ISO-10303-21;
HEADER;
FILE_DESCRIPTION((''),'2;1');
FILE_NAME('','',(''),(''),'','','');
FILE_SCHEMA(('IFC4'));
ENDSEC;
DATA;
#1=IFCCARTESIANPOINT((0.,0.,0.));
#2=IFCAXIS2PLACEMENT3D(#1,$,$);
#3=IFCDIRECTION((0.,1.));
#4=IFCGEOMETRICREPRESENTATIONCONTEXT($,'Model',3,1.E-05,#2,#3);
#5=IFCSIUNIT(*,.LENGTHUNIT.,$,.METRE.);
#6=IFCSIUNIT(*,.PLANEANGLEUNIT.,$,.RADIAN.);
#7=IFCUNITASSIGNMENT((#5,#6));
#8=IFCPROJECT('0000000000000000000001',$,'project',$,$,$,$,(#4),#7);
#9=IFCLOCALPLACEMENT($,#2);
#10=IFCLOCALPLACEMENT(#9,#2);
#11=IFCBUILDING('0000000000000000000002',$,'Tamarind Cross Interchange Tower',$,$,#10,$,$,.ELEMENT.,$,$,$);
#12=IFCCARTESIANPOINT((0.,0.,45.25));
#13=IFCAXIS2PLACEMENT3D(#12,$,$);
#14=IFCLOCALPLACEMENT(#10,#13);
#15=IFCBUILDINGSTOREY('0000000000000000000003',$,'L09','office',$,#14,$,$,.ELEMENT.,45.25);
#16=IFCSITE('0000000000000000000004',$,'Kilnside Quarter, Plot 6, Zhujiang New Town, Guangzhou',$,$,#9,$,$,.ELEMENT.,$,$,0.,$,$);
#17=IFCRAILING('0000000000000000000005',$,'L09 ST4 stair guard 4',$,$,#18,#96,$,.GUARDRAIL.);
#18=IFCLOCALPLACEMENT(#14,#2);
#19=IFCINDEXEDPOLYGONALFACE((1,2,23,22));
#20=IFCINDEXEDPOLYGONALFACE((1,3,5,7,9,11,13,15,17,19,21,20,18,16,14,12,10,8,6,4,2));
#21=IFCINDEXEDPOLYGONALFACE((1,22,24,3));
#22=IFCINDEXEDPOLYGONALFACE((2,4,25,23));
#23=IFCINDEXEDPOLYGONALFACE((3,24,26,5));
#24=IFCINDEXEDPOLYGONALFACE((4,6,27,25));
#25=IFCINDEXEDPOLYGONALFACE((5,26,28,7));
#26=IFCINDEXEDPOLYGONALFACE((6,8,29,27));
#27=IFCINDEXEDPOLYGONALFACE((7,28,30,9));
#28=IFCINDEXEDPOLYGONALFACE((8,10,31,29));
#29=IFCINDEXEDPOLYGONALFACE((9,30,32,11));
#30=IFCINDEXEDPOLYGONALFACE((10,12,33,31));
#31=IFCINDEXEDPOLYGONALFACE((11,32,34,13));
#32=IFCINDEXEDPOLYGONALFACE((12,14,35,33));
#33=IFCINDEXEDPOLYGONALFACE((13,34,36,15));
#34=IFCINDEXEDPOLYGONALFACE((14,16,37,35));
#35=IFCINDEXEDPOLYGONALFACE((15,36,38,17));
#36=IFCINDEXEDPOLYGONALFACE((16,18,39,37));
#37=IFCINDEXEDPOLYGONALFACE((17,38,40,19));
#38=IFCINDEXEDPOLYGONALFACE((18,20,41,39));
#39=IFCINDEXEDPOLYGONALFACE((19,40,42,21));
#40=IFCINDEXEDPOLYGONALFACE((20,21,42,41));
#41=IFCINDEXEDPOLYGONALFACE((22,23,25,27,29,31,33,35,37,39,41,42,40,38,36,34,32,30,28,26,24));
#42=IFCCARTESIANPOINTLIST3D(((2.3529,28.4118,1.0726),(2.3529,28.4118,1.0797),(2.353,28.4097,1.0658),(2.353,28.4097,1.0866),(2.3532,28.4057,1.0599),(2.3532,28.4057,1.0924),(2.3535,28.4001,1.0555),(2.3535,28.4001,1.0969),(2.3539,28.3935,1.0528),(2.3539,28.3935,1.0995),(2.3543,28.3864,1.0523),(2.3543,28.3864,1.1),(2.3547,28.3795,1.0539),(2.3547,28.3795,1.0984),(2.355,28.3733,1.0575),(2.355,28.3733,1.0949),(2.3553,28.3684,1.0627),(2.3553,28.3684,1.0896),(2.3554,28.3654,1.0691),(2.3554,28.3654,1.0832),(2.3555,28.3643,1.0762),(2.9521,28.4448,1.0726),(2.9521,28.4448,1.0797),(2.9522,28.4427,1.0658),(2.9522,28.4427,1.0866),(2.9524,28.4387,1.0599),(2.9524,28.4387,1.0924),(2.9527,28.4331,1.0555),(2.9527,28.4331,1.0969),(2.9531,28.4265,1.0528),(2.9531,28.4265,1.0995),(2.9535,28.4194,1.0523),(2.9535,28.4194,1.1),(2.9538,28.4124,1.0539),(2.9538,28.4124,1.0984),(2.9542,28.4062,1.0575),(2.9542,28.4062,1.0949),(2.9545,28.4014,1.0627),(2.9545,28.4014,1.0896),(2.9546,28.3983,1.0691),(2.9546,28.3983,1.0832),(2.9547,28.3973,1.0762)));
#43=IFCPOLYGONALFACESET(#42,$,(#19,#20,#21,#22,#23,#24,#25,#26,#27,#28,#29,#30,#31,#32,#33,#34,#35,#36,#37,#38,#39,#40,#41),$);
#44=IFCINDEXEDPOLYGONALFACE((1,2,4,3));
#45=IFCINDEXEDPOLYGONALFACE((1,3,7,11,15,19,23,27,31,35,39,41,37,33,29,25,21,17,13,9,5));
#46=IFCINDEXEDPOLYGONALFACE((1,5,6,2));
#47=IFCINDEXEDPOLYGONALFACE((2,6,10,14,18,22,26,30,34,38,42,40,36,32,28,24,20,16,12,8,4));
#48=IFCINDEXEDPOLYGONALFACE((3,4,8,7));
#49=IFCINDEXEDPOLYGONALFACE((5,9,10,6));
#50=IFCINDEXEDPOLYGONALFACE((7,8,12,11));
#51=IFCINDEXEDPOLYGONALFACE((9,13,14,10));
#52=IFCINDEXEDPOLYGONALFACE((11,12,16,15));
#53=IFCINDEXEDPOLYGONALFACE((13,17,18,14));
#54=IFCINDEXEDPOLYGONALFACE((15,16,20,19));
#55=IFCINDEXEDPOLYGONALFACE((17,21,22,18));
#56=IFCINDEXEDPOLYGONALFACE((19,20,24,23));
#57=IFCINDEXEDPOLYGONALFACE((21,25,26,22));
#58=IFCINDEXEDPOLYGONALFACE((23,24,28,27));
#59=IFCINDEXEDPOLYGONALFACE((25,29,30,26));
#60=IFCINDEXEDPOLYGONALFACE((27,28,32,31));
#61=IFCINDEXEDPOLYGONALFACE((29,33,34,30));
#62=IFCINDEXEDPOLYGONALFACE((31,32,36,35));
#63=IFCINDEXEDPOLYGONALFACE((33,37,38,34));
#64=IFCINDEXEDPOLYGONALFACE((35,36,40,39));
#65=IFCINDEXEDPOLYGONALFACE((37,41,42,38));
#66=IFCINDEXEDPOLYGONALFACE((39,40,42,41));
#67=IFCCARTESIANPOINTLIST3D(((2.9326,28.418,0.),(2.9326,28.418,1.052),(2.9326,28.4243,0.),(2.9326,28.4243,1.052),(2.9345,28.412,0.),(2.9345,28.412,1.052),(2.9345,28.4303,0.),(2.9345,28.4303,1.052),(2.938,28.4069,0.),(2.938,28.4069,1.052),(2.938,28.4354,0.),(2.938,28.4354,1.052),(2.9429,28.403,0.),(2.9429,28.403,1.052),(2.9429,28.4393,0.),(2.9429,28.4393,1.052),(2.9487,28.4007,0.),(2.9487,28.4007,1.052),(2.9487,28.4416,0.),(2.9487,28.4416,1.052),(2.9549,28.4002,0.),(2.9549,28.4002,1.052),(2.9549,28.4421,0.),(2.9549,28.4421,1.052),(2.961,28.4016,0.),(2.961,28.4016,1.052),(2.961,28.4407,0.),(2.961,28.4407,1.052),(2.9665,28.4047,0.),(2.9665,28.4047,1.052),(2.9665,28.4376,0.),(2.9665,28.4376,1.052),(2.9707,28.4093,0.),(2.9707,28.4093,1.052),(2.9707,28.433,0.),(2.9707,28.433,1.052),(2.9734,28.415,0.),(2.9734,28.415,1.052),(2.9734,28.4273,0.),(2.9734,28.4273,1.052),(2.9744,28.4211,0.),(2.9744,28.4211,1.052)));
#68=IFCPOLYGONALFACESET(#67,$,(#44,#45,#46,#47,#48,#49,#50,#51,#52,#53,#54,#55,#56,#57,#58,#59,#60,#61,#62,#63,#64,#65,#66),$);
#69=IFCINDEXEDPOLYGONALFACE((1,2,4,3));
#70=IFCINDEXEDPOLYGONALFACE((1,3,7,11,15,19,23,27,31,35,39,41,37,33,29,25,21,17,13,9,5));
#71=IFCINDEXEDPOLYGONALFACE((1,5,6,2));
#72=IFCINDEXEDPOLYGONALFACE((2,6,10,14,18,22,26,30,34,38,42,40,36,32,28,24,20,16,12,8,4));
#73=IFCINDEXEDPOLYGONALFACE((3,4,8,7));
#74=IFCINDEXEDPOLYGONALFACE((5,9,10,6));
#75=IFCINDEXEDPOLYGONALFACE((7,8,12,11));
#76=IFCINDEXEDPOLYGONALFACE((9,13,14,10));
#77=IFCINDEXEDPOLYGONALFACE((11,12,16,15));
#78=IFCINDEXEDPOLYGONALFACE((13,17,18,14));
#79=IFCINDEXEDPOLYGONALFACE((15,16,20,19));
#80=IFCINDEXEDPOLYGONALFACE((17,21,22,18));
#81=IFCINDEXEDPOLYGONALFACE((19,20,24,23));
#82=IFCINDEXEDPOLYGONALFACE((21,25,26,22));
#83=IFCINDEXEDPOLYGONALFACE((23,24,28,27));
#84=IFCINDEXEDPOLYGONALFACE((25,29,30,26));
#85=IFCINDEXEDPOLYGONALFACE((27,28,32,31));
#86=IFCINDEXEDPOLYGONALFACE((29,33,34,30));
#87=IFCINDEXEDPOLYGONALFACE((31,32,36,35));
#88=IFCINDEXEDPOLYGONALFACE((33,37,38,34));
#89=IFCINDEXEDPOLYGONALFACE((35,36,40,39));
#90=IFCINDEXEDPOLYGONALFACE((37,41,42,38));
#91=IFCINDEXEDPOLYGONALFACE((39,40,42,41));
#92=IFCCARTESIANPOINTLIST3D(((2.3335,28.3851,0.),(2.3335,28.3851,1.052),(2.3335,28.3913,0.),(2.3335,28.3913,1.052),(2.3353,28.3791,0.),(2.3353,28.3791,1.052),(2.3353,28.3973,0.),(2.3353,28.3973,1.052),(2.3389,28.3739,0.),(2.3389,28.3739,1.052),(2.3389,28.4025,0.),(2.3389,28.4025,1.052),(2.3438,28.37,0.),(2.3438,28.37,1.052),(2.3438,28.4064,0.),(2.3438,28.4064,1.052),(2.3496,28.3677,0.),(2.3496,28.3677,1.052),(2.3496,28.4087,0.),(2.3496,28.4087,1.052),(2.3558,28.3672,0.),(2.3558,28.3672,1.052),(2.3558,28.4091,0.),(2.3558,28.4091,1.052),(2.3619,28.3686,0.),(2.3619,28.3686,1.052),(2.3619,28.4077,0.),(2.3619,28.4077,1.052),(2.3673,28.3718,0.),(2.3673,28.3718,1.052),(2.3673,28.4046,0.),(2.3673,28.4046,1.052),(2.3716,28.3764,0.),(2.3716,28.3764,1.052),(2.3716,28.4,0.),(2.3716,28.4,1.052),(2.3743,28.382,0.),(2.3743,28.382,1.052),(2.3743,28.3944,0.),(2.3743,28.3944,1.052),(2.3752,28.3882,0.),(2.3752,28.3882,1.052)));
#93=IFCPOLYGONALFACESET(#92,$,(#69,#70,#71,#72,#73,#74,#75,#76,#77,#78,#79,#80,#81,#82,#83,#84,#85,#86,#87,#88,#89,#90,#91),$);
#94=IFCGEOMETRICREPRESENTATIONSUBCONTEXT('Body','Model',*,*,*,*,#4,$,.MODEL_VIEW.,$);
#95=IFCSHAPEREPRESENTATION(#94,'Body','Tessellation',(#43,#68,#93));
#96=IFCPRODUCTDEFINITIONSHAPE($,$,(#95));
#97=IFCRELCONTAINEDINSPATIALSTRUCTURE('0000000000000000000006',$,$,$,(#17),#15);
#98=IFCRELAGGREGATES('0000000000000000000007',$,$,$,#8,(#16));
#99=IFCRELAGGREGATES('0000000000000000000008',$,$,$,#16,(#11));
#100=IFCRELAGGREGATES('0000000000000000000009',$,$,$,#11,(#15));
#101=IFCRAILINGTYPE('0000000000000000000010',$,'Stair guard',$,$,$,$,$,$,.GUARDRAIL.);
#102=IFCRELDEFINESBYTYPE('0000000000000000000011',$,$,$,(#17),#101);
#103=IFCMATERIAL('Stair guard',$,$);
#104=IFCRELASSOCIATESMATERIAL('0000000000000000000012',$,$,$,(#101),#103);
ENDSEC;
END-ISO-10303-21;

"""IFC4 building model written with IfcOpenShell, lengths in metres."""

from ifc_helpers import new_model, si_unit, direction, frame, origin, origin_2d, place, context, subcontext, project, spatial, circle, extrude, material, type_object, element, save


model = new_model("IFC4")

# Units and contexts
model_context = context("Model", 3, precision=1e-05, world=origin(), true_north=direction((0.0, 1.0)))
body_context = subcontext(model_context, "Body", "Model", "MODEL_VIEW")
ifc_project = project(units=[si_unit("LENGTHUNIT", "METRE"), si_unit("PLANEANGLEUNIT", "RADIAN")], contexts=[model_context])

# Site, building, storey
site_placement = place(None, origin())
site = spatial("IfcSite", under=ifc_project, at=site_placement, Name="Kilnside Quarter, Plot 6, Zhujiang New Town, Guangzhou", CompositionType="ELEMENT", RefElevation=0.0)
building_placement = place(site_placement, origin())
building = spatial("IfcBuilding", under=site, at=building_placement, Name="Tamarind Cross Interchange Tower", CompositionType="ELEMENT")
storey_placement = place(building_placement, frame((0.0, 0.0, 45.25)))
storey = spatial("IfcBuildingStorey", under=building, at=storey_placement, Name="L09", Description="office", CompositionType="ELEMENT", Elevation=45.25)

# Railing
ifc_material_1 = material(Name="Stair guard")
railing_type = type_object("IfcRailingType", Name="Stair guard", PredefinedType="GUARDRAIL", material=ifc_material_1)
railing_1_placement = place(storey_placement, frame((2.9534, 28.4211, 0.0)))
element("IfcRailing", 1, at=railing_1_placement, inside=storey, type_object=railing_type, Name="L09 ST4 stair guard 4", PredefinedType="GUARDRAIL", context=body_context, shape_type="SweptSolid", body=[
    extrude(circle(Radius=0.0239, at=origin_2d()), frame((0.0, 0.0, 1.0762), z_axis=(-0.99849, -0.054929, 0.0), x_axis=(0.054929, -0.99849, 0.0)), (0.0, 0.0, 1.0), 0.6001),
    extrude(circle(Radius=0.021, at=origin_2d()), origin(), (0.0, 0.0, 1.0), 1.052),
    extrude(circle(Radius=0.021, at=origin_2d()), frame((-0.5991, -0.033, 0.0)), (0.0, 0.0, 1.0), 1.052),
])

save(model, "model.ifc")
